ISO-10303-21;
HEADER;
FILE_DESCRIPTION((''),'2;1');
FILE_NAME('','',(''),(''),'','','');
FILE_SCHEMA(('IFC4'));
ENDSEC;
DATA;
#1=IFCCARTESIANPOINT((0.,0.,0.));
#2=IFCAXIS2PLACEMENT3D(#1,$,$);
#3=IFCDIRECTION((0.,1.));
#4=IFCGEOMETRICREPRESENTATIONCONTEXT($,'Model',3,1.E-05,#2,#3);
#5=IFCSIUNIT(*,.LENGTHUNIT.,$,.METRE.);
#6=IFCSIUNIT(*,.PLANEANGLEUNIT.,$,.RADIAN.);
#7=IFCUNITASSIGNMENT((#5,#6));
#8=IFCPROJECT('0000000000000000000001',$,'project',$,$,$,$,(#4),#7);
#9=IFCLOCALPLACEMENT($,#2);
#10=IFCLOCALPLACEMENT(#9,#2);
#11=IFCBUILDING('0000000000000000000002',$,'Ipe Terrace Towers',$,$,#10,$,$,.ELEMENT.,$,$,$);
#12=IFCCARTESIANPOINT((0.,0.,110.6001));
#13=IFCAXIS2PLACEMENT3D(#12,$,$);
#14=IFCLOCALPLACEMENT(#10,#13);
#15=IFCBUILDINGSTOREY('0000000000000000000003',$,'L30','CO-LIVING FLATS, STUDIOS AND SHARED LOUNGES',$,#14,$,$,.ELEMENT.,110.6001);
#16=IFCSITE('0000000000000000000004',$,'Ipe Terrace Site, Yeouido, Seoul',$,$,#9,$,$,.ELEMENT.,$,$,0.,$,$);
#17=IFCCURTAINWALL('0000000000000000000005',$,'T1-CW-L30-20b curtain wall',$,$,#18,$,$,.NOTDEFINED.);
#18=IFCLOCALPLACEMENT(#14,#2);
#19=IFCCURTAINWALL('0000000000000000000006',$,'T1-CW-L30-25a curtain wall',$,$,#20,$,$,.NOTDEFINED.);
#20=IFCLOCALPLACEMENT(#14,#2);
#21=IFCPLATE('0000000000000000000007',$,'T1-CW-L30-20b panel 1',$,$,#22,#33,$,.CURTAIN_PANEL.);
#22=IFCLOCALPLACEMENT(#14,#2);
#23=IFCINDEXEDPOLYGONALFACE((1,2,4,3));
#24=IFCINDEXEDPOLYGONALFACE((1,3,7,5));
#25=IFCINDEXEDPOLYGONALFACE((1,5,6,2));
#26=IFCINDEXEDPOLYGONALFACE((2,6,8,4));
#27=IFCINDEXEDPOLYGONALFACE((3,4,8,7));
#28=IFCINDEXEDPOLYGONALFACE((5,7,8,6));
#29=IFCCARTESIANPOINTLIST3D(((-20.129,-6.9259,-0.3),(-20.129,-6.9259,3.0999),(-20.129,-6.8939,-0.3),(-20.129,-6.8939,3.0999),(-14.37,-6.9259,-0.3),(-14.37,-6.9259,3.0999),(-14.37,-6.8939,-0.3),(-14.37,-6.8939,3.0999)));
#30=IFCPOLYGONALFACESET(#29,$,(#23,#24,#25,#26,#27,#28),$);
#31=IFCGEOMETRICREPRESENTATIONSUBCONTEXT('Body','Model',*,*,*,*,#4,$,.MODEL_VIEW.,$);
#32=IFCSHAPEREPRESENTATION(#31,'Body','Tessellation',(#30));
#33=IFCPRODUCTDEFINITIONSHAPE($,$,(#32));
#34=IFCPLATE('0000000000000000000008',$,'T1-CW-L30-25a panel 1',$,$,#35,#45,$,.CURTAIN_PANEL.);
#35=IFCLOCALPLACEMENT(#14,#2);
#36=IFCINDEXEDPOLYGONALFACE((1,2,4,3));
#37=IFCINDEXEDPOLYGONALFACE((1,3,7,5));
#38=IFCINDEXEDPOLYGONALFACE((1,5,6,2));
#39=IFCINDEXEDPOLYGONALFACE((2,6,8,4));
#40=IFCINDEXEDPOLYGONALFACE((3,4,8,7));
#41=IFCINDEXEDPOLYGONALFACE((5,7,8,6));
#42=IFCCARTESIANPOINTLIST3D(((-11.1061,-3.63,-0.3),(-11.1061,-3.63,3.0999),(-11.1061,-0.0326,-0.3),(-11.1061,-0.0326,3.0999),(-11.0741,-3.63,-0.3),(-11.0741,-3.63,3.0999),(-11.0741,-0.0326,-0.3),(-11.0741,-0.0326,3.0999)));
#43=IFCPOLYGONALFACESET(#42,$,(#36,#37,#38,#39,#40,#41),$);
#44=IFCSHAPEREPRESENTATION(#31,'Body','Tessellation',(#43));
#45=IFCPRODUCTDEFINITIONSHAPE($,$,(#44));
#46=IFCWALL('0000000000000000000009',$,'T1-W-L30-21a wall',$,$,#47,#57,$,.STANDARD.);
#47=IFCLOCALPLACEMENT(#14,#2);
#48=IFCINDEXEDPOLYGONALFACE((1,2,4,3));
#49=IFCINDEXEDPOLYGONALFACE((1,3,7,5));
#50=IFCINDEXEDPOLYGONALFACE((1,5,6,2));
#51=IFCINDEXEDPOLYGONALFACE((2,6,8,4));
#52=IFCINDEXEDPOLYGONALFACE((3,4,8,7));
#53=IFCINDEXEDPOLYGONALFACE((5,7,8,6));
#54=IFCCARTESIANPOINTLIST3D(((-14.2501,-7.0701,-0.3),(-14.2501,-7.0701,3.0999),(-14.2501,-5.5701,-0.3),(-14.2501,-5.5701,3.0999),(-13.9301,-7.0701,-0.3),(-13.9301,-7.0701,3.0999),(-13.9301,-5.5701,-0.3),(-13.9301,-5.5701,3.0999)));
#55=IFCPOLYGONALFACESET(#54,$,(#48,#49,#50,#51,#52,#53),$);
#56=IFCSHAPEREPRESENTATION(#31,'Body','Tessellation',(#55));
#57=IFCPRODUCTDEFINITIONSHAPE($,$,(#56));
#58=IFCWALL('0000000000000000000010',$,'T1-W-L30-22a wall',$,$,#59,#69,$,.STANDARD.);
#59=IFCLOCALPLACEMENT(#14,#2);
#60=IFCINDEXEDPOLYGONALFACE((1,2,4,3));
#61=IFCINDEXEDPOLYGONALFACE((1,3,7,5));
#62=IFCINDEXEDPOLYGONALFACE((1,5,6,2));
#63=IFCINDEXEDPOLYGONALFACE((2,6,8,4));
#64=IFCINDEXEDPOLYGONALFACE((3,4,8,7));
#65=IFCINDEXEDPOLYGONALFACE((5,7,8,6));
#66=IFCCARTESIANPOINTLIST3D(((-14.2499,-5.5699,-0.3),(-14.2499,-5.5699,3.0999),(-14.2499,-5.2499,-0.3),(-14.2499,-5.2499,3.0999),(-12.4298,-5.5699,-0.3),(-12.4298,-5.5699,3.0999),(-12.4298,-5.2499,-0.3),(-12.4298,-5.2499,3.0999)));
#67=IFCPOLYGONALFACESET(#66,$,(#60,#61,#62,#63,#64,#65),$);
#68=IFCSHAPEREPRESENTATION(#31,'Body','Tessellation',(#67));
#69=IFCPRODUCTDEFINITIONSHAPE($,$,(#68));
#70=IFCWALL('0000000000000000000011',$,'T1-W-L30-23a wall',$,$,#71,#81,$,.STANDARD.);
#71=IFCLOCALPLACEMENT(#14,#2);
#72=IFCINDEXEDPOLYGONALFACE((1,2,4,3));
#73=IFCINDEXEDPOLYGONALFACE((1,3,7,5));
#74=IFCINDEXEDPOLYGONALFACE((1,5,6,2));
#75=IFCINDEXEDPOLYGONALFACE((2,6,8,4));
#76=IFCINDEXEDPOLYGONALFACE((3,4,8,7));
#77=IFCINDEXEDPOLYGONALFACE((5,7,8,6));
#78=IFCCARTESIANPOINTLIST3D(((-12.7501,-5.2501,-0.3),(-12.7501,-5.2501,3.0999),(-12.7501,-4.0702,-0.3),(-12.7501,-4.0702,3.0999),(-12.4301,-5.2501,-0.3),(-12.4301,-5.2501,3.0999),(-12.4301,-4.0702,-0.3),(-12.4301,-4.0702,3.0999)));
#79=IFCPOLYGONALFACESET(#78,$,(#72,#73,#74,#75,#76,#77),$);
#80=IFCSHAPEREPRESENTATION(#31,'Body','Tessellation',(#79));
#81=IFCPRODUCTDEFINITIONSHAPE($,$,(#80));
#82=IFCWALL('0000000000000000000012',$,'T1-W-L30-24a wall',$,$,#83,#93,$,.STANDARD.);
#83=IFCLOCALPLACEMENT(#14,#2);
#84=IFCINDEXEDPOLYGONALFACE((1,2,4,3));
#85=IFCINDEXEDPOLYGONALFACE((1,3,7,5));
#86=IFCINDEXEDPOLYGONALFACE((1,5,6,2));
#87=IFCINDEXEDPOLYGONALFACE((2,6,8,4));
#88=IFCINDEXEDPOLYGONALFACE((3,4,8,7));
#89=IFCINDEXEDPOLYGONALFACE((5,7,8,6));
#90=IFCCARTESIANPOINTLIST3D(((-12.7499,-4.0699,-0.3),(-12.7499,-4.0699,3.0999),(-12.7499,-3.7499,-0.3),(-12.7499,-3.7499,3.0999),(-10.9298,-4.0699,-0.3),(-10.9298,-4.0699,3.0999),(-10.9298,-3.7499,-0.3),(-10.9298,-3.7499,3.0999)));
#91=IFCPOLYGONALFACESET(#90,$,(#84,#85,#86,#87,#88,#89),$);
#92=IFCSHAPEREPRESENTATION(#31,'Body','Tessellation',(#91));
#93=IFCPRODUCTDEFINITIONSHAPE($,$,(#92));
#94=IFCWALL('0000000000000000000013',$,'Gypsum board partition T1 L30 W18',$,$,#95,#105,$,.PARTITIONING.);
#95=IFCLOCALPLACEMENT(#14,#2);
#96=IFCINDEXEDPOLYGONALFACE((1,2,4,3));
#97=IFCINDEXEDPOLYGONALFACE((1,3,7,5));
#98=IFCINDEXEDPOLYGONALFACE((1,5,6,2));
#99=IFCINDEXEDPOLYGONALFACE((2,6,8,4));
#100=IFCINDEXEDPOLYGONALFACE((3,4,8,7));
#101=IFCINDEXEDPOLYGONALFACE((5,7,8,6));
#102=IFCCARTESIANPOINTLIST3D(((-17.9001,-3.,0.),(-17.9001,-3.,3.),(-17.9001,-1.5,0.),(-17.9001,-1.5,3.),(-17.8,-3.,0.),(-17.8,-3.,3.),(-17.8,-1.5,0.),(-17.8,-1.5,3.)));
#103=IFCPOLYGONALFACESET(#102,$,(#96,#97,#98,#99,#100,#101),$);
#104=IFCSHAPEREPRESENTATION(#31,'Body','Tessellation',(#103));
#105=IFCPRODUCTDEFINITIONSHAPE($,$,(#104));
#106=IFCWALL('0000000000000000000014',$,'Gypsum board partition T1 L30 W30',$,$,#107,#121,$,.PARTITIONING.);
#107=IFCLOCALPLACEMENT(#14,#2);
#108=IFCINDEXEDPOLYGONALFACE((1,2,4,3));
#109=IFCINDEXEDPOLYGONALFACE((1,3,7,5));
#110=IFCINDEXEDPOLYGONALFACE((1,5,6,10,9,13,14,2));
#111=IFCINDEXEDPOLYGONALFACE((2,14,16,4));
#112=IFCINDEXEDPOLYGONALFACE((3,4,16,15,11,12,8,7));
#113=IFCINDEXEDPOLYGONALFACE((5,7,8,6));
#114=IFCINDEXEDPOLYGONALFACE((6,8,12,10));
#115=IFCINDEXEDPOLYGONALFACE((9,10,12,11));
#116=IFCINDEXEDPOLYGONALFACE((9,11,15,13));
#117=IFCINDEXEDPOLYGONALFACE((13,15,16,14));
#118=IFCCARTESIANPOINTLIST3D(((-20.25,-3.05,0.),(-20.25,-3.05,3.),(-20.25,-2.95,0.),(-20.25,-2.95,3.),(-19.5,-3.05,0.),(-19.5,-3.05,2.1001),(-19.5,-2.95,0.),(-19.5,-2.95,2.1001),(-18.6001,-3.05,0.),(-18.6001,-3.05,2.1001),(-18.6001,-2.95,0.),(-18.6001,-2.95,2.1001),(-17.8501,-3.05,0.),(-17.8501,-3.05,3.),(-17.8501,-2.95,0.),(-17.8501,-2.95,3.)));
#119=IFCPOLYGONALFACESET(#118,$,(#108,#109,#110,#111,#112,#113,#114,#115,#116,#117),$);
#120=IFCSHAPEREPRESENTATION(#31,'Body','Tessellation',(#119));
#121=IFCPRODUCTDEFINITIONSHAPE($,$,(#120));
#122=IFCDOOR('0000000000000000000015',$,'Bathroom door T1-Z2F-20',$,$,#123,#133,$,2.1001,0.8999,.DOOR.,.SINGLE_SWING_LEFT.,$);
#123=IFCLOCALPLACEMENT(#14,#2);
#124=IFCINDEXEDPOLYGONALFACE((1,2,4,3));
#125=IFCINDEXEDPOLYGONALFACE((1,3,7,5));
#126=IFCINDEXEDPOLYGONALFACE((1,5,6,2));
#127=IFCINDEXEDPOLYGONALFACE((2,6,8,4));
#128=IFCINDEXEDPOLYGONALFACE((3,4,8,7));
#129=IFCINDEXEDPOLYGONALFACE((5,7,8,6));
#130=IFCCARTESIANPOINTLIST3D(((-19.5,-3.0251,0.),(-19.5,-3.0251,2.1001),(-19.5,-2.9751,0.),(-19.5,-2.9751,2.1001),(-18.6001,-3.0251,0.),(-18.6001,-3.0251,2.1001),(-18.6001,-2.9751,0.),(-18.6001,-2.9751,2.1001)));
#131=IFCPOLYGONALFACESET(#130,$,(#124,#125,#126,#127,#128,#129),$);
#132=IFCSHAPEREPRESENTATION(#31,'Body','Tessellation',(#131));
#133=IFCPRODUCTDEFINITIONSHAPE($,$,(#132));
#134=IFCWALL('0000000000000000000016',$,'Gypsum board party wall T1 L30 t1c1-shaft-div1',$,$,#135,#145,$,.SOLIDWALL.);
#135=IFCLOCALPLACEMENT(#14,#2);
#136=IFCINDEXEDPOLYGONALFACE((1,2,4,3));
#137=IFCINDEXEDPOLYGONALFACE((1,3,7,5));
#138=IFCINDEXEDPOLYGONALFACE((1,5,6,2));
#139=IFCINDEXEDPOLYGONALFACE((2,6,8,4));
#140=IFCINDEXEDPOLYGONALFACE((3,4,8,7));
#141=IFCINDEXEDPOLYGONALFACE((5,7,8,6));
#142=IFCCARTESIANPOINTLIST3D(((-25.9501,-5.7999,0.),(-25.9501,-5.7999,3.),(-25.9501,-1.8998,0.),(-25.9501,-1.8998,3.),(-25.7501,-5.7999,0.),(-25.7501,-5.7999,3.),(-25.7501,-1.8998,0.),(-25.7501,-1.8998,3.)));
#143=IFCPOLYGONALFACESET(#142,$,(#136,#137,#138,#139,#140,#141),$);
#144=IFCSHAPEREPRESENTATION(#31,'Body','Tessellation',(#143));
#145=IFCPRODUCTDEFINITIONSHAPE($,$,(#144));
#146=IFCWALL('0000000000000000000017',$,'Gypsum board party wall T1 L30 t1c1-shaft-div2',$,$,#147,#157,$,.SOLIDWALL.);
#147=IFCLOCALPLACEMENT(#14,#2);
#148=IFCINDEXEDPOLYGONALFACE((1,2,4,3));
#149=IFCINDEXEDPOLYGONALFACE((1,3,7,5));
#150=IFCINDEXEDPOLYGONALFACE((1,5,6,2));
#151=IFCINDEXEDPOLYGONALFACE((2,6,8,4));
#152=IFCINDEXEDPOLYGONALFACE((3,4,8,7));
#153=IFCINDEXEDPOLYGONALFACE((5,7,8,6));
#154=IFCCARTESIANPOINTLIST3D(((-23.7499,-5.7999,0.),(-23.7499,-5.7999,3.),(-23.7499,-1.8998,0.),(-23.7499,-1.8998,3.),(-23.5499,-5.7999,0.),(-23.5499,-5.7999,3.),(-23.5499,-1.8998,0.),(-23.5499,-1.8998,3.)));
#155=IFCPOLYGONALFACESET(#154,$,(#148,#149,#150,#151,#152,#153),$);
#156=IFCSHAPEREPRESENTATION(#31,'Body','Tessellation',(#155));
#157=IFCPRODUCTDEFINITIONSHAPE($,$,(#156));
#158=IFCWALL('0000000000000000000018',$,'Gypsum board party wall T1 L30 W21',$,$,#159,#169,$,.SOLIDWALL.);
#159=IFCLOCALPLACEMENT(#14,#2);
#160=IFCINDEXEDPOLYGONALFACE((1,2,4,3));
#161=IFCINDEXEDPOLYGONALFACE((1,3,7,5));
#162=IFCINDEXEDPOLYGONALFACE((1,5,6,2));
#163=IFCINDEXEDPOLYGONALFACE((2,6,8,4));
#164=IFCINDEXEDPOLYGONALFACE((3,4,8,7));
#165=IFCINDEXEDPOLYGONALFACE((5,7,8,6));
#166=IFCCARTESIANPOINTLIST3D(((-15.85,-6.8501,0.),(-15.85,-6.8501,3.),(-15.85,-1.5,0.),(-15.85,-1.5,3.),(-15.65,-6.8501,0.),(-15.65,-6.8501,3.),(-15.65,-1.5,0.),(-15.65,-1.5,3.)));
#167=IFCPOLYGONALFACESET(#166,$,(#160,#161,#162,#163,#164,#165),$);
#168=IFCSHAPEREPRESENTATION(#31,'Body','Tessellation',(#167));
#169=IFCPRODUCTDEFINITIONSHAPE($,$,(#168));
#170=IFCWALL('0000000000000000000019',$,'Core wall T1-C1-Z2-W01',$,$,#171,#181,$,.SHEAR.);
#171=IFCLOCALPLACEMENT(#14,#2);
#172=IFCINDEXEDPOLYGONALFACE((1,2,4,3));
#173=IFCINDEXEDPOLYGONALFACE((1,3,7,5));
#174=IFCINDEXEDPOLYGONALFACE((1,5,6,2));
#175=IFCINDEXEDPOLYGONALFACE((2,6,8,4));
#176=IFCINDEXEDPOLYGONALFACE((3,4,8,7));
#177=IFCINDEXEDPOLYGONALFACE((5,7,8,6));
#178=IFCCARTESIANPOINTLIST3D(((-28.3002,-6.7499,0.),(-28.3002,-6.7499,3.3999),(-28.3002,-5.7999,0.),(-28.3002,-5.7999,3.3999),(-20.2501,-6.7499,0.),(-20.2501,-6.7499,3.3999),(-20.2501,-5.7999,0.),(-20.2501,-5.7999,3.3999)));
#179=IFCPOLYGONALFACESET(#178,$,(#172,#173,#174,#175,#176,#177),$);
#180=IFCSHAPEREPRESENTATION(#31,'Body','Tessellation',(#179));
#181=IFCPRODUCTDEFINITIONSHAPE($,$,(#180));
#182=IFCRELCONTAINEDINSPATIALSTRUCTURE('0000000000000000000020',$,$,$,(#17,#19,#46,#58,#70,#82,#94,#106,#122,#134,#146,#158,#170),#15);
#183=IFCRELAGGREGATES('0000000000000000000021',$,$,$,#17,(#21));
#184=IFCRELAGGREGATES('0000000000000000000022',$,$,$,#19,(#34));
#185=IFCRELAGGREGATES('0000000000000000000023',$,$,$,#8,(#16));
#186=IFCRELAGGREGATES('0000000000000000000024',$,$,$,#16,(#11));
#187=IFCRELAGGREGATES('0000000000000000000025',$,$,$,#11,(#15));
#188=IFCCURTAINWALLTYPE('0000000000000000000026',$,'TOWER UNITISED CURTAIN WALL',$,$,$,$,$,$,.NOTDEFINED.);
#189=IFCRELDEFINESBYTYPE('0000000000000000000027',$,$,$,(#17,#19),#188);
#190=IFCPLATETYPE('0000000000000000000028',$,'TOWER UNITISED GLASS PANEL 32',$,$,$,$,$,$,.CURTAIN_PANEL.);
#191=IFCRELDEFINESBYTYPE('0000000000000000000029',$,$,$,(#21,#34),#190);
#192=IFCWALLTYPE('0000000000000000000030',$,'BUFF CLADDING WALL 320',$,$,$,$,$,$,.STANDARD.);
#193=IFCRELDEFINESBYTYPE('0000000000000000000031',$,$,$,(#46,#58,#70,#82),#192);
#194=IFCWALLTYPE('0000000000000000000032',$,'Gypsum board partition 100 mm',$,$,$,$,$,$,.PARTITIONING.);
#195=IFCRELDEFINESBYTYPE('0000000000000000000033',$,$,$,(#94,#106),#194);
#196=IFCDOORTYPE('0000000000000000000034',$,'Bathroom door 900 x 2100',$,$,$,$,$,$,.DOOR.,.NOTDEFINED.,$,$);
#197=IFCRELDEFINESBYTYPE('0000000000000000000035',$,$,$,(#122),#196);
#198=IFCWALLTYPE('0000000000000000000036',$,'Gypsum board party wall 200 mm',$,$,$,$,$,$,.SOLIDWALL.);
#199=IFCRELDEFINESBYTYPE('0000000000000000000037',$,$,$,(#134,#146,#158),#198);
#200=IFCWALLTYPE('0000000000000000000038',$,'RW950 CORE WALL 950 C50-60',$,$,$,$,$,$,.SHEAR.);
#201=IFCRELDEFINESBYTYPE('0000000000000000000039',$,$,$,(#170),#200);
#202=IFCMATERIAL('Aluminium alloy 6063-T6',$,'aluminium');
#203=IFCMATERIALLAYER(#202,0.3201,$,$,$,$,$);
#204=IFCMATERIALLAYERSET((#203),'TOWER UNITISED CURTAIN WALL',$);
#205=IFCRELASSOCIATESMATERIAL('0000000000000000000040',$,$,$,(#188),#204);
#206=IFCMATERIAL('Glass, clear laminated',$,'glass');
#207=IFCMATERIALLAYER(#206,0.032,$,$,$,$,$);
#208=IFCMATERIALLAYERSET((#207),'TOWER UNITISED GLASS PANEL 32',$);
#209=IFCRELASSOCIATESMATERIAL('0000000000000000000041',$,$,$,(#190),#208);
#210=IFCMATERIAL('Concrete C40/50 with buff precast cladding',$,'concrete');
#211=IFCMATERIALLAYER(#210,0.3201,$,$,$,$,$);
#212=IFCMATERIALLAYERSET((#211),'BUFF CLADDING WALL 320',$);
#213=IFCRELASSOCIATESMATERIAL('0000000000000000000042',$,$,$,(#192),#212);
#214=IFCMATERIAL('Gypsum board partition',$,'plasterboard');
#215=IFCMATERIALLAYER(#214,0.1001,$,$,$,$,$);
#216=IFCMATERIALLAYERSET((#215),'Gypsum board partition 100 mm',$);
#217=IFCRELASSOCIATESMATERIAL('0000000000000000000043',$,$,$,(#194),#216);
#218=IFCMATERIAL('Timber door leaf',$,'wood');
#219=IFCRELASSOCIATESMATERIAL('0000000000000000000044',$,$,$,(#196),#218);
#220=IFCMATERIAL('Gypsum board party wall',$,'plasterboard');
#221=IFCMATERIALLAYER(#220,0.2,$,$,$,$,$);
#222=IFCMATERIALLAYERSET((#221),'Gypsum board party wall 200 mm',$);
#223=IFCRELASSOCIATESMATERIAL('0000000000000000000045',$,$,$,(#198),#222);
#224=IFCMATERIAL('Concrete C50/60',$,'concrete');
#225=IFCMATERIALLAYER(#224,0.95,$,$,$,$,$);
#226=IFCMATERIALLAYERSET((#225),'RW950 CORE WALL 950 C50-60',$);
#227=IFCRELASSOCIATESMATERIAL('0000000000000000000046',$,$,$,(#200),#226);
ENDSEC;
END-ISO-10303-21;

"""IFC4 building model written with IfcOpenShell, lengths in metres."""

from ifc_helpers import new_model, si_unit, direction, frame, frame_2d, origin, origin_2d, place, context, subcontext, project, spatial, rectangle, extrude, material, layer, layer_set, type_object, element, fill, aggregate, save


model = new_model("IFC4")

# Units and contexts
model_context = context("Model", 3, precision=1e-05, world=origin(), true_north=direction((0.0, 1.0)))
body_context = subcontext(model_context, "Body", "Model", "MODEL_VIEW")
ifc_project = project(units=[si_unit("LENGTHUNIT", "METRE"), si_unit("PLANEANGLEUNIT", "RADIAN")], contexts=[model_context])

# Site, building, storey
site_placement = place(None, origin())
site = spatial("IfcSite", under=ifc_project, at=site_placement, Name="Ipe Terrace Site, Yeouido, Seoul", CompositionType="ELEMENT", RefElevation=0.0)
building_placement = place(site_placement, origin())
building = spatial("IfcBuilding", under=site, at=building_placement, Name="Ipe Terrace Towers", CompositionType="ELEMENT")
storey_placement = place(building_placement, frame((0.0, 0.0, 110.6001)))
storey = spatial("IfcBuildingStorey", under=building, at=storey_placement, Name="L30", Description="CO-LIVING FLATS, STUDIOS AND SHARED LOUNGES", CompositionType="ELEMENT", Elevation=110.6001)

# Shared definitions
ifc_material_1 = material(Name="Aluminium alloy 6063-T6", Category="aluminium")
ifc_layer_1 = layer(ifc_material_1, 0.3201)
ifc_layer_set_1 = layer_set([ifc_layer_1], Name="TOWER UNITISED CURTAIN WALL")
curtain_wall_type = type_object("IfcCurtainWallType", Name="TOWER UNITISED CURTAIN WALL", PredefinedType="NOTDEFINED", material=ifc_layer_set_1)

# Curtain wall
curtain_wall_1_placement = place(storey_placement, origin())
curtain_wall_1 = element("IfcCurtainWall", 1, at=curtain_wall_1_placement, inside=storey, type_object=curtain_wall_type, Name="T1-CW-L30-20b curtain wall", PredefinedType="NOTDEFINED")

# Curtain wall
curtain_wall_2_placement = place(storey_placement, origin())
curtain_wall_2 = element("IfcCurtainWall", 2, at=curtain_wall_2_placement, inside=storey, type_object=curtain_wall_type, Name="T1-CW-L30-25a curtain wall", PredefinedType="NOTDEFINED")

# Plates
ifc_material_2 = material(Name="Glass, clear laminated", Category="glass")
ifc_layer_2 = layer(ifc_material_2, 0.032)
ifc_layer_set_2 = layer_set([ifc_layer_2], Name="TOWER UNITISED GLASS PANEL 32")
plate_type = type_object("IfcPlateType", Name="TOWER UNITISED GLASS PANEL 32", PredefinedType="CURTAIN_PANEL", material=ifc_layer_set_2)
plate_1_placement = place(storey_placement, frame((-17.2495, -6.9099, -0.3), z_axis=(0.0, 0.0, 1.0), x_axis=(1.0, 0.0, 0.0)))
plate_1 = element("IfcPlate", 3, at=plate_1_placement, type_object=plate_type, Name="T1-CW-L30-20b panel 1", PredefinedType="CURTAIN_PANEL", context=body_context, shape_type="SweptSolid", body=[
    extrude(rectangle(XDim=5.759, YDim=0.032, at=origin_2d()), origin(), (0.0, 0.0, 1.0), 3.3999),
])
aggregate(curtain_wall_1, [plate_1])
plate_2_placement = place(storey_placement, frame((-11.0901, -1.8313, -0.3), z_axis=(0.0, 0.0, 1.0), x_axis=(0.0, 1.0, 0.0)))
plate_2 = element("IfcPlate", 4, at=plate_2_placement, type_object=plate_type, Name="T1-CW-L30-25a panel 1", PredefinedType="CURTAIN_PANEL", context=body_context, shape_type="SweptSolid", body=[
    extrude(rectangle(XDim=3.5974, YDim=0.032, at=origin_2d()), origin(), (0.0, 0.0, 1.0), 3.3999),
])
aggregate(curtain_wall_2, [plate_2])

# Walls
ifc_material_3 = material(Name="Concrete C40/50 with buff precast cladding", Category="concrete")
ifc_layer_3 = layer(ifc_material_3, 0.3201)
ifc_layer_set_3 = layer_set([ifc_layer_3], Name="BUFF CLADDING WALL 320")
wall_type_1 = type_object("IfcWallType", Name="BUFF CLADDING WALL 320", PredefinedType="STANDARD", material=ifc_layer_set_3)
wall_1_placement = place(storey_placement, frame((-14.0901, -7.0701, -0.3), z_axis=(0.0, 0.0, 1.0), x_axis=(0.0, 1.0, 0.0)))
element("IfcWall", 5, at=wall_1_placement, inside=storey, type_object=wall_type_1, Name="T1-W-L30-21a wall", PredefinedType="STANDARD", context=body_context, shape_type="SweptSolid", body=[
    extrude(rectangle(XDim=1.5, YDim=0.3201, at=frame_2d((0.75, 0.0))), origin(), (0.0, 0.0, 1.0), 3.3999),
])
wall_2_placement = place(storey_placement, frame((-14.25, -5.4099, -0.3), z_axis=(0.0, 0.0, 1.0), x_axis=(1.0, 0.0, 0.0)))
element("IfcWall", 6, at=wall_2_placement, inside=storey, type_object=wall_type_1, Name="T1-W-L30-22a wall", PredefinedType="STANDARD", context=body_context, shape_type="SweptSolid", body=[
    extrude(rectangle(XDim=1.8201, YDim=0.3201, at=frame_2d((0.9102, 0.0))), origin(), (0.0, 0.0, 1.0), 3.3999),
])
wall_3_placement = place(storey_placement, frame((-12.5901, -5.25, -0.3), z_axis=(0.0, 0.0, 1.0), x_axis=(0.0, 1.0, 0.0)))
element("IfcWall", 7, at=wall_3_placement, inside=storey, type_object=wall_type_1, Name="T1-W-L30-23a wall", PredefinedType="STANDARD", context=body_context, shape_type="SweptSolid", body=[
    extrude(rectangle(XDim=1.1799, YDim=0.3201, at=frame_2d((0.5898, 0.0))), origin(), (0.0, 0.0, 1.0), 3.3999),
])
wall_4_placement = place(storey_placement, frame((-12.75, -3.9099, -0.3), z_axis=(0.0, 0.0, 1.0), x_axis=(1.0, 0.0, 0.0)))
element("IfcWall", 8, at=wall_4_placement, inside=storey, type_object=wall_type_1, Name="T1-W-L30-24a wall", PredefinedType="STANDARD", context=body_context, shape_type="SweptSolid", body=[
    extrude(rectangle(XDim=1.8201, YDim=0.3201, at=frame_2d((0.9102, 0.0))), origin(), (0.0, 0.0, 1.0), 3.3999),
])
ifc_material_4 = material(Name="Gypsum board partition", Category="plasterboard")
ifc_layer_4 = layer(ifc_material_4, 0.1001)
ifc_layer_set_4 = layer_set([ifc_layer_4], Name="Gypsum board partition 100 mm")
wall_type_2 = type_object("IfcWallType", Name="Gypsum board partition 100 mm", PredefinedType="PARTITIONING", material=ifc_layer_set_4)
wall_5_placement = place(storey_placement, frame((-17.8501, -3.0, 0.0), z_axis=(0.0, 0.0, 1.0), x_axis=(0.0, 1.0, 0.0)))
element("IfcWall", 9, at=wall_5_placement, inside=storey, type_object=wall_type_2, Name="Gypsum board partition T1 L30 W18", PredefinedType="PARTITIONING", context=body_context, shape_type="SweptSolid", body=[
    extrude(rectangle(XDim=1.5, YDim=0.1001, at=frame_2d((0.75, 0.0))), origin(), (0.0, 0.0, 1.0), 3.0),
])

# Wall, opening, door
wall_6_placement = place(storey_placement, frame((-20.25, -3.0, 0.0), z_axis=(0.0, 0.0, 1.0), x_axis=(1.0, 0.0, 0.0)))
wall_6 = element("IfcWall", 10, at=wall_6_placement, inside=storey, type_object=wall_type_2, Name="Gypsum board partition T1 L30 W30", PredefinedType="PARTITIONING", context=body_context, shape_type="SweptSolid", body=[
    extrude(rectangle(XDim=2.3999, YDim=0.1001, at=frame_2d((1.2, 0.0))), origin(), (0.0, 0.0, 1.0), 3.0),
])
opening_1_placement = place(wall_6_placement, frame((0.75, 0.0, 0.0)))
opening_1 = element("IfcOpeningElement", 11, at=opening_1_placement, cuts=wall_6, PredefinedType="OPENING", context=body_context, shape_type="SweptSolid", body=[
    extrude(rectangle(XDim=0.8999, YDim=2.1001, at=frame_2d((0.45, 1.05))), frame((0.0, 0.0601, 0.0), z_axis=(0.0, -1.0, 0.0), x_axis=(1.0, 0.0, 0.0)), (0.0, 0.0, 1.0), 0.1201),
])
ifc_material_5 = material(Name="Timber door leaf", Category="wood")
door_type_1 = type_object("IfcDoorType", Name="Bathroom door 900 x 2100", OperationType="NOTDEFINED", PredefinedType="DOOR", material=ifc_material_5)
door_1_placement = place(opening_1_placement, origin())
door_1 = element("IfcDoor", 12, at=door_1_placement, inside=storey, type_object=door_type_1, Name="Bathroom door T1-Z2F-20", OperationType="SINGLE_SWING_LEFT", OverallHeight=2.1001, OverallWidth=0.8999, PredefinedType="DOOR", context=body_context, shape_type="SweptSolid", body=[
    extrude(rectangle(XDim=0.8999, YDim=2.1001, at=frame_2d((0.45, 1.05))), frame((0.0, 0.0249, 0.0), z_axis=(0.0, -1.0, 0.0), x_axis=(1.0, 0.0, 0.0)), (0.0, 0.0, 1.0), 0.05),
])
fill(opening_1, door_1)

# Walls
ifc_material_6 = material(Name="Gypsum board party wall", Category="plasterboard")
ifc_layer_5 = layer(ifc_material_6, 0.2)
ifc_layer_set_5 = layer_set([ifc_layer_5], Name="Gypsum board party wall 200 mm")
wall_type_3 = type_object("IfcWallType", Name="Gypsum board party wall 200 mm", PredefinedType="SOLIDWALL", material=ifc_layer_set_5)
for number, where, z_axis, x_axis, name in (
    (13, (-25.8501, -5.8, 0.0), (0.0, 0.0, 1.0), (0.0, 1.0, 0.0), "Gypsum board party wall T1 L30 t1c1-shaft-div1"),
    (14, (-23.6499, -5.8, 0.0), (0.0, 0.0, 1.0), (0.0, 1.0, 0.0), "Gypsum board party wall T1 L30 t1c1-shaft-div2"),
):
    element("IfcWall", number, at=place(storey_placement, frame(where, z_axis=z_axis, x_axis=x_axis)), inside=storey, type_object=wall_type_3, Name=name, PredefinedType="SOLIDWALL", context=body_context, shape_type="SweptSolid", body=[
        extrude(rectangle(XDim=3.9001, YDim=0.2, at=frame_2d((1.9502, 0.0))), origin(), (0.0, 0.0, 1.0), 3.0),
    ])
wall_7_placement = place(storey_placement, frame((-15.75, -6.8501, 0.0), z_axis=(0.0, 0.0, 1.0), x_axis=(0.0, 1.0, 0.0)))
element("IfcWall", 15, at=wall_7_placement, inside=storey, type_object=wall_type_3, Name="Gypsum board party wall T1 L30 W21", PredefinedType="SOLIDWALL", context=body_context, shape_type="SweptSolid", body=[
    extrude(rectangle(XDim=5.3501, YDim=0.2, at=frame_2d((2.675, 0.0))), origin(), (0.0, 0.0, 1.0), 3.0),
])
ifc_material_7 = material(Name="Concrete C50/60", Category="concrete")
ifc_layer_6 = layer(ifc_material_7, 0.95)
ifc_layer_set_6 = layer_set([ifc_layer_6], Name="RW950 CORE WALL 950 C50-60")
wall_type_4 = type_object("IfcWallType", Name="RW950 CORE WALL 950 C50-60", PredefinedType="SHEAR", material=ifc_layer_set_6)
wall_8_placement = place(storey_placement, frame((-28.3, -6.2749, 0.0), z_axis=(0.0, 0.0, 1.0), x_axis=(1.0, 0.0, 0.0)))
element("IfcWall", 16, at=wall_8_placement, inside=storey, type_object=wall_type_4, Name="Core wall T1-C1-Z2-W01", PredefinedType="SHEAR", context=body_context, shape_type="SweptSolid", body=[
    extrude(rectangle(XDim=8.05, YDim=0.95, at=frame_2d((4.0249, 0.0))), origin(), (0.0, 0.0, 1.0), 3.3999),
])

save(model, "model.ifc")
